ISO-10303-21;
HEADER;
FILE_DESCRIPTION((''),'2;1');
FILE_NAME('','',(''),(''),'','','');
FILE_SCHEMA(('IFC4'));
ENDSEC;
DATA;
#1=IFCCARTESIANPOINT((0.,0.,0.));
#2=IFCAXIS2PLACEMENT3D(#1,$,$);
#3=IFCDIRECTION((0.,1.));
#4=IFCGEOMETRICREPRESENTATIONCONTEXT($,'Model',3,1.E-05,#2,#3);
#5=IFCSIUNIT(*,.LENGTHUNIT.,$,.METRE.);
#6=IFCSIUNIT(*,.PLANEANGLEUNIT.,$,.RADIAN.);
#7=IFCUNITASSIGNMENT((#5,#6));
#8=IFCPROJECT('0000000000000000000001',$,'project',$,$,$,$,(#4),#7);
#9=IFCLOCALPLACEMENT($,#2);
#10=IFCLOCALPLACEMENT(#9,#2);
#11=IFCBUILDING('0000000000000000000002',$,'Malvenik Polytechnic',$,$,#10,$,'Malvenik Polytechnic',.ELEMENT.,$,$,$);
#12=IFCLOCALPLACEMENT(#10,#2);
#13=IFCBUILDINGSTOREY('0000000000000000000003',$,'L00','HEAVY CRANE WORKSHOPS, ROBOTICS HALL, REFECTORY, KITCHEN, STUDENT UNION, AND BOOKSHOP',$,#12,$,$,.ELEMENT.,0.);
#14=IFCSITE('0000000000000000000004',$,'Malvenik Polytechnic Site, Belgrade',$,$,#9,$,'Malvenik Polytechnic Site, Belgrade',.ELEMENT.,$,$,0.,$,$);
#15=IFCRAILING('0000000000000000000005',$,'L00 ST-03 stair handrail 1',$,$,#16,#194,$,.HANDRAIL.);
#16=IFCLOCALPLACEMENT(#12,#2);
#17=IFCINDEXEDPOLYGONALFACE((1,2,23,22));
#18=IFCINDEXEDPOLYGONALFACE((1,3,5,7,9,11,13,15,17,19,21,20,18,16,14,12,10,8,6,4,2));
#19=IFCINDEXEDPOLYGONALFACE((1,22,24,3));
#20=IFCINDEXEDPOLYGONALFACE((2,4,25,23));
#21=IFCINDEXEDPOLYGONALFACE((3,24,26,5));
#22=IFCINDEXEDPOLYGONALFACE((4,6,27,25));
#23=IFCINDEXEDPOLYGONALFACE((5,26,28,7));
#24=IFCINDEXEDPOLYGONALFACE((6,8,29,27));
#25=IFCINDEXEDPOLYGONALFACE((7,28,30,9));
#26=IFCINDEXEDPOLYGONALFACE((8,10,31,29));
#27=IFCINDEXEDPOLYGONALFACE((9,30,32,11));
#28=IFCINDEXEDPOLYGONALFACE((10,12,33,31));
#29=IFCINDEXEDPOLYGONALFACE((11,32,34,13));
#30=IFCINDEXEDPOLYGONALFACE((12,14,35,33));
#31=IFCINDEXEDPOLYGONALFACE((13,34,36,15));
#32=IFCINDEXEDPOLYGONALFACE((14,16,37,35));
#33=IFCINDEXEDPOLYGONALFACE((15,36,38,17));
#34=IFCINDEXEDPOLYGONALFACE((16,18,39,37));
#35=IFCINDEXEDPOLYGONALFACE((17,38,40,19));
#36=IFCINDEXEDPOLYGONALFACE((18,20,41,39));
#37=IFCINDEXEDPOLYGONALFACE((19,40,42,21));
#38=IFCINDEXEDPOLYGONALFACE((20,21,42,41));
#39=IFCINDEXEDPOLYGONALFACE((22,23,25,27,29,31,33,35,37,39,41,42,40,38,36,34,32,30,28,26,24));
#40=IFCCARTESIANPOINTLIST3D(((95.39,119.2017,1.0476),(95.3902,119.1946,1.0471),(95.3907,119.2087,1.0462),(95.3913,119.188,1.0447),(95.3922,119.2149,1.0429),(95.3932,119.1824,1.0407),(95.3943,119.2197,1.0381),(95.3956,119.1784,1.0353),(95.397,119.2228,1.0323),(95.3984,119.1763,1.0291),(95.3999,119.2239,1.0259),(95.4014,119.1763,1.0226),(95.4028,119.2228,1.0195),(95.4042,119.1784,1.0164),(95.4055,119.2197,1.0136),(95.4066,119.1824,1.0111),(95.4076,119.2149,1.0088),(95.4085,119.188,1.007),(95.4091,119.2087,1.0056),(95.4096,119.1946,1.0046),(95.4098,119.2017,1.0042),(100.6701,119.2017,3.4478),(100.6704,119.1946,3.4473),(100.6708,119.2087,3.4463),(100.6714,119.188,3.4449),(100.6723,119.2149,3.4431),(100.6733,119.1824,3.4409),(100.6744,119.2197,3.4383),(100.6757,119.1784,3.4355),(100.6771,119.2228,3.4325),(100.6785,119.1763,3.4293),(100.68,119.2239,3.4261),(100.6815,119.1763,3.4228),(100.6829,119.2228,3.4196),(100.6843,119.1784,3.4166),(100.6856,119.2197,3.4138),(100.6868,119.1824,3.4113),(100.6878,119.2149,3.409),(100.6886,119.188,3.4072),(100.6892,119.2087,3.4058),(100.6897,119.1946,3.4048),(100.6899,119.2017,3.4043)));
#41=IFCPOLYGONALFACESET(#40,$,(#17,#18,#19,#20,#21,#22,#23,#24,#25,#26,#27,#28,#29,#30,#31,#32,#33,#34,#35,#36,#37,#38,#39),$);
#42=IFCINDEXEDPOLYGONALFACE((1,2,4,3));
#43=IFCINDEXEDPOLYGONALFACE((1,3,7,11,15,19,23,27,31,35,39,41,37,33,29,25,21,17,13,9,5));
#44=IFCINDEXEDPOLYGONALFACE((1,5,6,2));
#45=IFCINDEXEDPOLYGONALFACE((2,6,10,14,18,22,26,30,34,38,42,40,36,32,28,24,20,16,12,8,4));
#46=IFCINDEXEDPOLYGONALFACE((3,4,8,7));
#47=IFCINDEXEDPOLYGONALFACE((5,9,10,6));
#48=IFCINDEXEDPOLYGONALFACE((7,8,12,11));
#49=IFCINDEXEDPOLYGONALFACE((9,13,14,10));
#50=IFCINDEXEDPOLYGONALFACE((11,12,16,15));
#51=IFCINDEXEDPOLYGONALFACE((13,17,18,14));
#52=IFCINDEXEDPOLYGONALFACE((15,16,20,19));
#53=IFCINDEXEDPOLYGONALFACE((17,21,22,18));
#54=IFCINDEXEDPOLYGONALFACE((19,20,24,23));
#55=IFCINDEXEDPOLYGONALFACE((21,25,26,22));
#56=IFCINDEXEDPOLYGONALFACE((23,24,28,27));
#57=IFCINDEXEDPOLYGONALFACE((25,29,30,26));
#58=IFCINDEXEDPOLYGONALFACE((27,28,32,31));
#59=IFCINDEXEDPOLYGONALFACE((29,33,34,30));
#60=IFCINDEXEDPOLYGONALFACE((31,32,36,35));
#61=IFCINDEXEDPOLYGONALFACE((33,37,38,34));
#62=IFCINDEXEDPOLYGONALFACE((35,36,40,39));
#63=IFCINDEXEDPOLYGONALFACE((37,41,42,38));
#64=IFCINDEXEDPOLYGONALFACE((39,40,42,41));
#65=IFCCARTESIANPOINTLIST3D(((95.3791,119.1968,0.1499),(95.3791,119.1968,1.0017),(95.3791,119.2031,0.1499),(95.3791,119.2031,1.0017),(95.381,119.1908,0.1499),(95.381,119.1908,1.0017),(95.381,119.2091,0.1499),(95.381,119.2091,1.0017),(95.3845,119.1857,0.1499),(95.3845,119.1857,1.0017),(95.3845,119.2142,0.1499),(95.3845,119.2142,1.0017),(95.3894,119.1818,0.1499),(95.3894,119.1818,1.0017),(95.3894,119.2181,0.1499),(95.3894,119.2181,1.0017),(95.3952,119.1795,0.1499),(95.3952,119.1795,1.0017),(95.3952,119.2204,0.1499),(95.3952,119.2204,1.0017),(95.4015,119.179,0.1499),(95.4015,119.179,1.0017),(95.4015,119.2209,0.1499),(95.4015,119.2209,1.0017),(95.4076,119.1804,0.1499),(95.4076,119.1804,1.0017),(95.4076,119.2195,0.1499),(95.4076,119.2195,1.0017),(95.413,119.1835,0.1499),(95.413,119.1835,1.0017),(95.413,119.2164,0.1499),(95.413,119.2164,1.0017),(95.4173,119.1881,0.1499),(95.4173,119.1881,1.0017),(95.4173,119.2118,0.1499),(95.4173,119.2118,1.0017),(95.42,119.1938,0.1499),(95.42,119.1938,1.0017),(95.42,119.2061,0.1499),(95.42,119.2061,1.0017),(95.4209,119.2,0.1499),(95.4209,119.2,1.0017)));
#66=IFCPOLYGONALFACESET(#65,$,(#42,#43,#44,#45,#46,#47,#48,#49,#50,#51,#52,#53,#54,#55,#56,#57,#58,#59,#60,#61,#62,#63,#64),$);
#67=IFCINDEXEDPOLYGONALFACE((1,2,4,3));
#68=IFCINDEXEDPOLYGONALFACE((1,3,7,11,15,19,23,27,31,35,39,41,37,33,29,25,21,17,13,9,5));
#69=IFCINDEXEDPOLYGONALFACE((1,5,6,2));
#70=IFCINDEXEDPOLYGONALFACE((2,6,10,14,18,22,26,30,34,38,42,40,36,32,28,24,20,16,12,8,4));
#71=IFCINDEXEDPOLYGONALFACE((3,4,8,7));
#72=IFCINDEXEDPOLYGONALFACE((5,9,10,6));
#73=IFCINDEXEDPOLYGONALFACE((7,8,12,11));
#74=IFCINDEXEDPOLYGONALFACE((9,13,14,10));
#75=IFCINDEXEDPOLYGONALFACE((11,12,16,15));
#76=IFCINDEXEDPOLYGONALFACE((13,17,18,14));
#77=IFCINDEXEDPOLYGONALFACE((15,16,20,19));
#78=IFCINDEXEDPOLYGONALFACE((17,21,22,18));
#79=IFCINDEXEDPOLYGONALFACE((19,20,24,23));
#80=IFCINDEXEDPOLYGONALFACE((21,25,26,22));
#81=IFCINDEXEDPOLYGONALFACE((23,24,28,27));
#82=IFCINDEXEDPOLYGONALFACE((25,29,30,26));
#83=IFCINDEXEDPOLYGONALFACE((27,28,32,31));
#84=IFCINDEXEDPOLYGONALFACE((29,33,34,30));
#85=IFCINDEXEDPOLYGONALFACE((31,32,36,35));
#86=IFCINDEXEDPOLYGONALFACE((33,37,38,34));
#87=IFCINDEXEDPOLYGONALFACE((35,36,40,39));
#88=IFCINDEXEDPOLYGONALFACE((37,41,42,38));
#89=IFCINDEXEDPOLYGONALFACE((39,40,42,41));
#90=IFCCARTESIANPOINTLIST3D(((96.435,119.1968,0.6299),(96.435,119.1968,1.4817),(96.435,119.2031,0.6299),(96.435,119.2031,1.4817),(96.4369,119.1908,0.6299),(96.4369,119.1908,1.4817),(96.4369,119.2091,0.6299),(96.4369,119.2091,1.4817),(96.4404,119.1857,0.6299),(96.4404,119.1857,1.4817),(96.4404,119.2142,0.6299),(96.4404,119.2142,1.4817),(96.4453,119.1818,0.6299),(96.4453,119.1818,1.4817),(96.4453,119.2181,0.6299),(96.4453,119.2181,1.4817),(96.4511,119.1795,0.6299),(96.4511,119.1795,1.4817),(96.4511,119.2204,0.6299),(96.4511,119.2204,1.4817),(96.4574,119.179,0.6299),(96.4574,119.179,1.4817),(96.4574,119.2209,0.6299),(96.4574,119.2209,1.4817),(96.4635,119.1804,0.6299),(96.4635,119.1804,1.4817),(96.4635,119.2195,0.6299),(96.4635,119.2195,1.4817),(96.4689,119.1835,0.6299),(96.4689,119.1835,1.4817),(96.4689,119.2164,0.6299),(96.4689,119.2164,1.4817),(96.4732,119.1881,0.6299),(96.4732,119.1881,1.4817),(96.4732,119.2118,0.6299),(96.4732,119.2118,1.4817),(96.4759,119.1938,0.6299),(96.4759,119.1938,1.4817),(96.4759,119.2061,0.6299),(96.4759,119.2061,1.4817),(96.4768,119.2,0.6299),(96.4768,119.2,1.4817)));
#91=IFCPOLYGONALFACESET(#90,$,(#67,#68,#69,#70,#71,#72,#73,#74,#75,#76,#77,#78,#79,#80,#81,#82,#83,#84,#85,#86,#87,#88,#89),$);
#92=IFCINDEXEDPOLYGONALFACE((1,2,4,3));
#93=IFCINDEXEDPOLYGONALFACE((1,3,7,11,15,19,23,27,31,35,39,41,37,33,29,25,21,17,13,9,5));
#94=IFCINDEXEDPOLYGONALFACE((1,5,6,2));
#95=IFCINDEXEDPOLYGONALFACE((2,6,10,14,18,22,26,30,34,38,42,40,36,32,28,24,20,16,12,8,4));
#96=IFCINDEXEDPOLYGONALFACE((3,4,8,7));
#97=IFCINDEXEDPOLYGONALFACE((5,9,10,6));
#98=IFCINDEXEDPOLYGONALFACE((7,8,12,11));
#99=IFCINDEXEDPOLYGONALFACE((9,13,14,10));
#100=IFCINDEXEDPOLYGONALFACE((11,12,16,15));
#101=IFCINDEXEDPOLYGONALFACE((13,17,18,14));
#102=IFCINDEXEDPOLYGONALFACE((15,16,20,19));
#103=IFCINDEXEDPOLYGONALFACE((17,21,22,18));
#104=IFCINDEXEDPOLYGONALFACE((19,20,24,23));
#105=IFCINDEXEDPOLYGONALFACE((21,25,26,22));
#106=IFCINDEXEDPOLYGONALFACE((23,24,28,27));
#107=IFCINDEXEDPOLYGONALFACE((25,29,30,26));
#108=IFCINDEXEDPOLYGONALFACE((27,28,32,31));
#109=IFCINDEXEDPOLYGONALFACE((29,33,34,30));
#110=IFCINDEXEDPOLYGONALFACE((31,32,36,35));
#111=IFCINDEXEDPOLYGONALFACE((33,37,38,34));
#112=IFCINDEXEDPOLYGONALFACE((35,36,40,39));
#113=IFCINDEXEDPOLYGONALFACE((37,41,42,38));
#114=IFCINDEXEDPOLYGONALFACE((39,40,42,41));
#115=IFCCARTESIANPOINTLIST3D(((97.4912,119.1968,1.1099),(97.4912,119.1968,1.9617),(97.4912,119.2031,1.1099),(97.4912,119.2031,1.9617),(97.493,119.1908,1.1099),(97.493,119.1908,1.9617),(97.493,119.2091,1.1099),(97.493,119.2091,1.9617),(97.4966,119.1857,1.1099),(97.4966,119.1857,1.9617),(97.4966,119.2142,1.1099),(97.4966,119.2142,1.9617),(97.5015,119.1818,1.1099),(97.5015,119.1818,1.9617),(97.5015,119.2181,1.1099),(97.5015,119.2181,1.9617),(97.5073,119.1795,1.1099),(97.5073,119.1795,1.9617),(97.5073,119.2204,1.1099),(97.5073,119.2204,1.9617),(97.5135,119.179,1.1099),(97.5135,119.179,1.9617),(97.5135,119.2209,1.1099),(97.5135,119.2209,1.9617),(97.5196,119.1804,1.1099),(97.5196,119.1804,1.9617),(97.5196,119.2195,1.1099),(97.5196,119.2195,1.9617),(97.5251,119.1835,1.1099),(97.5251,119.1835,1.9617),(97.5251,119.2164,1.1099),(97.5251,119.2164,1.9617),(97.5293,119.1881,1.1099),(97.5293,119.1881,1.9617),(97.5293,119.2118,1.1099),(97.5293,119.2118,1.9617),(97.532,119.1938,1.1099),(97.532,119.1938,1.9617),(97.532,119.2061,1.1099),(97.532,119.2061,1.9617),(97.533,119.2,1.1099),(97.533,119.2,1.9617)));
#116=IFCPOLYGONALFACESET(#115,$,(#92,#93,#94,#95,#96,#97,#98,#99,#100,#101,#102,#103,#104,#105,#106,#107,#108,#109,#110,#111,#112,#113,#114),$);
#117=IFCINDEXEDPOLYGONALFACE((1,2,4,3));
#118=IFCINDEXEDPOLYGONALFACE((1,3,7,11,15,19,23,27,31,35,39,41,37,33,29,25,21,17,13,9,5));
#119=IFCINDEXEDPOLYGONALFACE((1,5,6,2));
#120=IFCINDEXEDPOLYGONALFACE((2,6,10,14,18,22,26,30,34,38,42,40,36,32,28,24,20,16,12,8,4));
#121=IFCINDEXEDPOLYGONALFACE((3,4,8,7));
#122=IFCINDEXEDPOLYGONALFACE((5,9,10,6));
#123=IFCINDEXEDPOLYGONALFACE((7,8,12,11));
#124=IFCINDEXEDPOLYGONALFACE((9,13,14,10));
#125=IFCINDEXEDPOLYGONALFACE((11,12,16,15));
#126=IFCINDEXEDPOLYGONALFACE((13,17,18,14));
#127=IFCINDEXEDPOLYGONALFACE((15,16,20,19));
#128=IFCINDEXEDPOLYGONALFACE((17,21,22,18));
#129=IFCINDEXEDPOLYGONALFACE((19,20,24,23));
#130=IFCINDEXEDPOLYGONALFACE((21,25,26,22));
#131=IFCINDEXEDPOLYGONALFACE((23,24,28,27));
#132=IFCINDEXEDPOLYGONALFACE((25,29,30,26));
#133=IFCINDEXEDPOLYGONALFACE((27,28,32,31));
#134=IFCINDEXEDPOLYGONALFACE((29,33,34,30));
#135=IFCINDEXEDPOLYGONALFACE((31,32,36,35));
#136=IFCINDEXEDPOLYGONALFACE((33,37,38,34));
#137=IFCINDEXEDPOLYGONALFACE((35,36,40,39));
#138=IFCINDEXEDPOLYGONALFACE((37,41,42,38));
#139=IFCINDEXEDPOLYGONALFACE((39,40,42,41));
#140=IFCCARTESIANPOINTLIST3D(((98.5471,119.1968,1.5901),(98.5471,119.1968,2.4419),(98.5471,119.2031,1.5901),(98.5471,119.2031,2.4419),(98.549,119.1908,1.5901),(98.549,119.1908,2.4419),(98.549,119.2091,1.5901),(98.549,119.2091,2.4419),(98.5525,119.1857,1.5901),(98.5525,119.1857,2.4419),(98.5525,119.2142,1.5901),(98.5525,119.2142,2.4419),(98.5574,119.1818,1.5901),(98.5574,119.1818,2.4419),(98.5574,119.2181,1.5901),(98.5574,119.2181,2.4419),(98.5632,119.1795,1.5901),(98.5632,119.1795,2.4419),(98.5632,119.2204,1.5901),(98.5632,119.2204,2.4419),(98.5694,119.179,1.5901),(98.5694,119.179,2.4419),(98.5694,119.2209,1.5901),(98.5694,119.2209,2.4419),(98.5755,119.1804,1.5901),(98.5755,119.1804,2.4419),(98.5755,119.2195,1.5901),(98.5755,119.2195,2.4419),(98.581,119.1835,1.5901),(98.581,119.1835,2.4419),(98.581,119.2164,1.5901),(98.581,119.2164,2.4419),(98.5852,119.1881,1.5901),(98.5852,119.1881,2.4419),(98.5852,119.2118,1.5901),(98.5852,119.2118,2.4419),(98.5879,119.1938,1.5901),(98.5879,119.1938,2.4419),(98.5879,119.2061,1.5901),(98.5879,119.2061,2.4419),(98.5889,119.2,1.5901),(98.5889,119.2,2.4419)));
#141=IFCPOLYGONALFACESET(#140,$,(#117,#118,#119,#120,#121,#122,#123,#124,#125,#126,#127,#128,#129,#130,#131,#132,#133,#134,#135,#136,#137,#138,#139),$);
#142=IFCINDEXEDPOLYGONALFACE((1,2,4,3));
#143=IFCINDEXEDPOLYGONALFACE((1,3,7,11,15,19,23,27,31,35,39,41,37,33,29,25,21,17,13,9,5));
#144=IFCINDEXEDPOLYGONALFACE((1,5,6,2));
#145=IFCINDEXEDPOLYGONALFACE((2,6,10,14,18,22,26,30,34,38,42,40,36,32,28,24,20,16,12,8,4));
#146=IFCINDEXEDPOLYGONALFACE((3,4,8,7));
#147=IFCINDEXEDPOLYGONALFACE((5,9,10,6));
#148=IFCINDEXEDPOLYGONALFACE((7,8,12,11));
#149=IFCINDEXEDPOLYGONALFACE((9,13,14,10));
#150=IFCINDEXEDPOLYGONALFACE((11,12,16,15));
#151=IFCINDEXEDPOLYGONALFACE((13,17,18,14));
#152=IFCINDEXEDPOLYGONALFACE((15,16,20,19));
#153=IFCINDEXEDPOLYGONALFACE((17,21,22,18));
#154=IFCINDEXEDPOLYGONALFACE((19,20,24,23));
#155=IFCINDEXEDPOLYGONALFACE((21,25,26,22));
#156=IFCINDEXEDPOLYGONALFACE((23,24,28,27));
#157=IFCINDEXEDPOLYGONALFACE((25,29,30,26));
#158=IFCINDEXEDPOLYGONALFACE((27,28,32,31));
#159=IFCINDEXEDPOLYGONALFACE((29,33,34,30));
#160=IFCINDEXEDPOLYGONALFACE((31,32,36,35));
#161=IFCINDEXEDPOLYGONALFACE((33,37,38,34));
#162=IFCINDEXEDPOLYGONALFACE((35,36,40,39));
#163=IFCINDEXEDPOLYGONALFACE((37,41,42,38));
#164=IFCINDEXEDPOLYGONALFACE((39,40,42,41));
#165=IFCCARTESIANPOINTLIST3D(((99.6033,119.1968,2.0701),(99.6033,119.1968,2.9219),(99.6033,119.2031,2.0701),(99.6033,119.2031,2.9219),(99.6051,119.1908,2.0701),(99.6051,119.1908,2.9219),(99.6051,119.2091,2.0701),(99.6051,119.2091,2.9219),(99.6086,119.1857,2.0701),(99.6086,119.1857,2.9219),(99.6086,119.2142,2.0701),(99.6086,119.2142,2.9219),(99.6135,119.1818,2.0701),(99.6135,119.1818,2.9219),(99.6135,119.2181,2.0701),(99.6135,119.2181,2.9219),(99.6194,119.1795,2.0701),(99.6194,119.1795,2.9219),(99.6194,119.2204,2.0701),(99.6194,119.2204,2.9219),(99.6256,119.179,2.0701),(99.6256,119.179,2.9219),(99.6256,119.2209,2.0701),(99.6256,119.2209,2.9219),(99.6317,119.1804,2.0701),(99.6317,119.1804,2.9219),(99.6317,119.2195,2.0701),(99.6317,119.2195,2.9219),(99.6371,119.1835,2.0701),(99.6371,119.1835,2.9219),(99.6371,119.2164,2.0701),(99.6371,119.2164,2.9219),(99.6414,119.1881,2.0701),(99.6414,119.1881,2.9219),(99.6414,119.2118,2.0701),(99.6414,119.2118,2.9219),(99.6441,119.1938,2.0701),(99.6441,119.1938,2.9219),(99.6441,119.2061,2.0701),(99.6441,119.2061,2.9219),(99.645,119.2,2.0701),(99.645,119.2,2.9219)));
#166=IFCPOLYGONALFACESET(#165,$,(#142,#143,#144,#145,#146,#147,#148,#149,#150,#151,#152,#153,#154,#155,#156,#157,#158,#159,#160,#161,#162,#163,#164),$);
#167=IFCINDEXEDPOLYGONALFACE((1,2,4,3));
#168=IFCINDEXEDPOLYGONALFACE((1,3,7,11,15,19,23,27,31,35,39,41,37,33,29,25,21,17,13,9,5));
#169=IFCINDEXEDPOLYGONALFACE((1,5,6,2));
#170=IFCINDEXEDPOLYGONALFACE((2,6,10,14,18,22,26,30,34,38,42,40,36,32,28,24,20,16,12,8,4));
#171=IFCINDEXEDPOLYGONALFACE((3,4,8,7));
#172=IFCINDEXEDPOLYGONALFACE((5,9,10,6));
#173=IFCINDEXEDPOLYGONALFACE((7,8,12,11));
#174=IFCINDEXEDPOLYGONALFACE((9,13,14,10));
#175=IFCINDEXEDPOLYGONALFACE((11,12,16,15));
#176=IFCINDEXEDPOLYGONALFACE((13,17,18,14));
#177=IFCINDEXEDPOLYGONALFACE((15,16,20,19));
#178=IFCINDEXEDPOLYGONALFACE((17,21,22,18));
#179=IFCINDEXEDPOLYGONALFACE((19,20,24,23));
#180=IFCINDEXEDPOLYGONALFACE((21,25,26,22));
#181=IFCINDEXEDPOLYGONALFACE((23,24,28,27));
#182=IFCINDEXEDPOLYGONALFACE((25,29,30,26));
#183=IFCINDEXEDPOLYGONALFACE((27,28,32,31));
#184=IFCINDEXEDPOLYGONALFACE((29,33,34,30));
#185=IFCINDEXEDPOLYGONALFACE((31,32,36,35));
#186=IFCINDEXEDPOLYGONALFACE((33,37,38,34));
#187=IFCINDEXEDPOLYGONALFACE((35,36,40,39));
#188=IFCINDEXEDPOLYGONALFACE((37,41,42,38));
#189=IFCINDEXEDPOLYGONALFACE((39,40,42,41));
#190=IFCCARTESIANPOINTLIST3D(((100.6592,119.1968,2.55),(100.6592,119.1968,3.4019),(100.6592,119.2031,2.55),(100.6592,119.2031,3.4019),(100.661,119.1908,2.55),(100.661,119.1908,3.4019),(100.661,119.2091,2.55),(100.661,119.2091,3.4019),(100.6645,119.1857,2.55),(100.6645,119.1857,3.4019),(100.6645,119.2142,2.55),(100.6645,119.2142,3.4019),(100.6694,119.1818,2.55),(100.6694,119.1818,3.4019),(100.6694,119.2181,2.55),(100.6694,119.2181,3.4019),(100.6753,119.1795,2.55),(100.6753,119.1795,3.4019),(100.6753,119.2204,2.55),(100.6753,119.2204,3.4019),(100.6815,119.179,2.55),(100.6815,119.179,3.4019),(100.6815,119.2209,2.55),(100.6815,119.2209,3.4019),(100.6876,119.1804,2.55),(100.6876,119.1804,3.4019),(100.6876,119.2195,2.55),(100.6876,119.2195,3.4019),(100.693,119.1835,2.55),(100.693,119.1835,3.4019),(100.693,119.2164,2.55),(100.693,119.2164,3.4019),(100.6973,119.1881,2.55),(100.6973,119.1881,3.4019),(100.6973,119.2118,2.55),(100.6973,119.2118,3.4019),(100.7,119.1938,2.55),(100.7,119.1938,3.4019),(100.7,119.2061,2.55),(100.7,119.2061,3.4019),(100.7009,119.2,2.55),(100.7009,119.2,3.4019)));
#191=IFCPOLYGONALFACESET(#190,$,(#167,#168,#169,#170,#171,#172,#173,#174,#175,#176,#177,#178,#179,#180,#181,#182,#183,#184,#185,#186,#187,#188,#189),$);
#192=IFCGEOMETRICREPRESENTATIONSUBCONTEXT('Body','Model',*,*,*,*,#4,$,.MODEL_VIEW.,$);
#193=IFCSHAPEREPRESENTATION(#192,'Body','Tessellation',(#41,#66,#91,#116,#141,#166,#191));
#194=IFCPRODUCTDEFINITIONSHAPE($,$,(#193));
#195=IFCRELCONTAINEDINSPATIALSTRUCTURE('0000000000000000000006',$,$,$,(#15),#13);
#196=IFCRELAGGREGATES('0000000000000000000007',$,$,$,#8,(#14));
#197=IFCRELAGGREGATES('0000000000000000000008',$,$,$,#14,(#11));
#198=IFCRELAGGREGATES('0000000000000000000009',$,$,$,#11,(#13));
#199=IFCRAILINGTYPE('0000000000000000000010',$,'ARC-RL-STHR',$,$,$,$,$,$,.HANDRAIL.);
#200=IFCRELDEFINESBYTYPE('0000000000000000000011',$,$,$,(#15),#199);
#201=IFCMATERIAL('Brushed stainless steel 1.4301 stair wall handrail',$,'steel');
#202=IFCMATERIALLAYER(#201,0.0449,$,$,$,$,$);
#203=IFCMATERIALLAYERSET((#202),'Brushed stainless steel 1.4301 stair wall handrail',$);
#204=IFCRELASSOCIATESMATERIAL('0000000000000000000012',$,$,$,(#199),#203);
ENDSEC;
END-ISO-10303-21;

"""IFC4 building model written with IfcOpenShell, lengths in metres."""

from ifc_helpers import new_model, si_unit, direction, frame, origin, origin_2d, place, context, subcontext, project, spatial, circle, extrude, material, layer, layer_set, type_object, element, save


model = new_model("IFC4")

# Units and contexts
model_context = context("Model", 3, precision=1e-05, world=origin(), true_north=direction((0.0, 1.0)))
body_context = subcontext(model_context, "Body", "Model", "MODEL_VIEW")
ifc_project = project(units=[si_unit("LENGTHUNIT", "METRE"), si_unit("PLANEANGLEUNIT", "RADIAN")], contexts=[model_context])

# Site, building, storey
site_placement = place(None, origin())
site = spatial("IfcSite", under=ifc_project, at=site_placement, Name="Malvenik Polytechnic Site, Belgrade", LongName="Malvenik Polytechnic Site, Belgrade", CompositionType="ELEMENT", RefElevation=0.0)
building_placement = place(site_placement, origin())
building = spatial("IfcBuilding", under=site, at=building_placement, Name="Malvenik Polytechnic", LongName="Malvenik Polytechnic", CompositionType="ELEMENT")
storey_placement = place(building_placement, origin())
storey = spatial("IfcBuildingStorey", under=building, at=storey_placement, Name="L00", Description="HEAVY CRANE WORKSHOPS, ROBOTICS HALL, REFECTORY, KITCHEN, STUDENT UNION, AND BOOKSHOP", CompositionType="ELEMENT", Elevation=0.0)

# Railing
ifc_material_1 = material(Name="Brushed stainless steel 1.4301 stair wall handrail", Category="steel")
ifc_layer_1 = layer(ifc_material_1, 0.0449)
ifc_layer_set_1 = layer_set([ifc_layer_1], Name="Brushed stainless steel 1.4301 stair wall handrail")
railing_type_1 = type_object("IfcRailingType", Name="ARC-RL-STHR", PredefinedType="HANDRAIL", material=ifc_layer_set_1)
railing_1_placement = place(storey_placement, frame((95.3999, 119.2, 0.1499)))
element("IfcRailing", 1, at=railing_1_placement, inside=storey, type_object=railing_type_1, Name="L00 ST-03 stair handrail 1", PredefinedType="HANDRAIL", context=body_context, shape_type="SweptSolid", body=[
    extrude(circle(Radius=0.0239, at=origin_2d()), frame((0.0, 0.0, 0.876), z_axis=(0.910358, 0.0, 0.413822), x_axis=(0.0, 1.0, 0.0)), (0.0, 0.0, 1.0), 5.8),
    extrude(circle(Radius=0.021, at=origin_2d()), origin(), (0.0, 0.0, 1.0), 0.8518),
    extrude(circle(Radius=0.021, at=origin_2d()), frame((1.0559, 0.0, 0.48)), (0.0, 0.0, 1.0), 0.8518),
    extrude(circle(Radius=0.021, at=origin_2d()), frame((2.1121, 0.0, 0.96)), (0.0, 0.0, 1.0), 0.8518),
    extrude(circle(Radius=0.021, at=origin_2d()), frame((3.168, 0.0, 1.4402)), (0.0, 0.0, 1.0), 0.8518),
    extrude(circle(Radius=0.021, at=origin_2d()), frame((4.2241, 0.0, 1.9202)), (0.0, 0.0, 1.0), 0.8518),
    extrude(circle(Radius=0.021, at=origin_2d()), frame((5.28, 0.0, 2.4001)), (0.0, 0.0, 1.0), 0.8518),
])

save(model, "model.ifc")
